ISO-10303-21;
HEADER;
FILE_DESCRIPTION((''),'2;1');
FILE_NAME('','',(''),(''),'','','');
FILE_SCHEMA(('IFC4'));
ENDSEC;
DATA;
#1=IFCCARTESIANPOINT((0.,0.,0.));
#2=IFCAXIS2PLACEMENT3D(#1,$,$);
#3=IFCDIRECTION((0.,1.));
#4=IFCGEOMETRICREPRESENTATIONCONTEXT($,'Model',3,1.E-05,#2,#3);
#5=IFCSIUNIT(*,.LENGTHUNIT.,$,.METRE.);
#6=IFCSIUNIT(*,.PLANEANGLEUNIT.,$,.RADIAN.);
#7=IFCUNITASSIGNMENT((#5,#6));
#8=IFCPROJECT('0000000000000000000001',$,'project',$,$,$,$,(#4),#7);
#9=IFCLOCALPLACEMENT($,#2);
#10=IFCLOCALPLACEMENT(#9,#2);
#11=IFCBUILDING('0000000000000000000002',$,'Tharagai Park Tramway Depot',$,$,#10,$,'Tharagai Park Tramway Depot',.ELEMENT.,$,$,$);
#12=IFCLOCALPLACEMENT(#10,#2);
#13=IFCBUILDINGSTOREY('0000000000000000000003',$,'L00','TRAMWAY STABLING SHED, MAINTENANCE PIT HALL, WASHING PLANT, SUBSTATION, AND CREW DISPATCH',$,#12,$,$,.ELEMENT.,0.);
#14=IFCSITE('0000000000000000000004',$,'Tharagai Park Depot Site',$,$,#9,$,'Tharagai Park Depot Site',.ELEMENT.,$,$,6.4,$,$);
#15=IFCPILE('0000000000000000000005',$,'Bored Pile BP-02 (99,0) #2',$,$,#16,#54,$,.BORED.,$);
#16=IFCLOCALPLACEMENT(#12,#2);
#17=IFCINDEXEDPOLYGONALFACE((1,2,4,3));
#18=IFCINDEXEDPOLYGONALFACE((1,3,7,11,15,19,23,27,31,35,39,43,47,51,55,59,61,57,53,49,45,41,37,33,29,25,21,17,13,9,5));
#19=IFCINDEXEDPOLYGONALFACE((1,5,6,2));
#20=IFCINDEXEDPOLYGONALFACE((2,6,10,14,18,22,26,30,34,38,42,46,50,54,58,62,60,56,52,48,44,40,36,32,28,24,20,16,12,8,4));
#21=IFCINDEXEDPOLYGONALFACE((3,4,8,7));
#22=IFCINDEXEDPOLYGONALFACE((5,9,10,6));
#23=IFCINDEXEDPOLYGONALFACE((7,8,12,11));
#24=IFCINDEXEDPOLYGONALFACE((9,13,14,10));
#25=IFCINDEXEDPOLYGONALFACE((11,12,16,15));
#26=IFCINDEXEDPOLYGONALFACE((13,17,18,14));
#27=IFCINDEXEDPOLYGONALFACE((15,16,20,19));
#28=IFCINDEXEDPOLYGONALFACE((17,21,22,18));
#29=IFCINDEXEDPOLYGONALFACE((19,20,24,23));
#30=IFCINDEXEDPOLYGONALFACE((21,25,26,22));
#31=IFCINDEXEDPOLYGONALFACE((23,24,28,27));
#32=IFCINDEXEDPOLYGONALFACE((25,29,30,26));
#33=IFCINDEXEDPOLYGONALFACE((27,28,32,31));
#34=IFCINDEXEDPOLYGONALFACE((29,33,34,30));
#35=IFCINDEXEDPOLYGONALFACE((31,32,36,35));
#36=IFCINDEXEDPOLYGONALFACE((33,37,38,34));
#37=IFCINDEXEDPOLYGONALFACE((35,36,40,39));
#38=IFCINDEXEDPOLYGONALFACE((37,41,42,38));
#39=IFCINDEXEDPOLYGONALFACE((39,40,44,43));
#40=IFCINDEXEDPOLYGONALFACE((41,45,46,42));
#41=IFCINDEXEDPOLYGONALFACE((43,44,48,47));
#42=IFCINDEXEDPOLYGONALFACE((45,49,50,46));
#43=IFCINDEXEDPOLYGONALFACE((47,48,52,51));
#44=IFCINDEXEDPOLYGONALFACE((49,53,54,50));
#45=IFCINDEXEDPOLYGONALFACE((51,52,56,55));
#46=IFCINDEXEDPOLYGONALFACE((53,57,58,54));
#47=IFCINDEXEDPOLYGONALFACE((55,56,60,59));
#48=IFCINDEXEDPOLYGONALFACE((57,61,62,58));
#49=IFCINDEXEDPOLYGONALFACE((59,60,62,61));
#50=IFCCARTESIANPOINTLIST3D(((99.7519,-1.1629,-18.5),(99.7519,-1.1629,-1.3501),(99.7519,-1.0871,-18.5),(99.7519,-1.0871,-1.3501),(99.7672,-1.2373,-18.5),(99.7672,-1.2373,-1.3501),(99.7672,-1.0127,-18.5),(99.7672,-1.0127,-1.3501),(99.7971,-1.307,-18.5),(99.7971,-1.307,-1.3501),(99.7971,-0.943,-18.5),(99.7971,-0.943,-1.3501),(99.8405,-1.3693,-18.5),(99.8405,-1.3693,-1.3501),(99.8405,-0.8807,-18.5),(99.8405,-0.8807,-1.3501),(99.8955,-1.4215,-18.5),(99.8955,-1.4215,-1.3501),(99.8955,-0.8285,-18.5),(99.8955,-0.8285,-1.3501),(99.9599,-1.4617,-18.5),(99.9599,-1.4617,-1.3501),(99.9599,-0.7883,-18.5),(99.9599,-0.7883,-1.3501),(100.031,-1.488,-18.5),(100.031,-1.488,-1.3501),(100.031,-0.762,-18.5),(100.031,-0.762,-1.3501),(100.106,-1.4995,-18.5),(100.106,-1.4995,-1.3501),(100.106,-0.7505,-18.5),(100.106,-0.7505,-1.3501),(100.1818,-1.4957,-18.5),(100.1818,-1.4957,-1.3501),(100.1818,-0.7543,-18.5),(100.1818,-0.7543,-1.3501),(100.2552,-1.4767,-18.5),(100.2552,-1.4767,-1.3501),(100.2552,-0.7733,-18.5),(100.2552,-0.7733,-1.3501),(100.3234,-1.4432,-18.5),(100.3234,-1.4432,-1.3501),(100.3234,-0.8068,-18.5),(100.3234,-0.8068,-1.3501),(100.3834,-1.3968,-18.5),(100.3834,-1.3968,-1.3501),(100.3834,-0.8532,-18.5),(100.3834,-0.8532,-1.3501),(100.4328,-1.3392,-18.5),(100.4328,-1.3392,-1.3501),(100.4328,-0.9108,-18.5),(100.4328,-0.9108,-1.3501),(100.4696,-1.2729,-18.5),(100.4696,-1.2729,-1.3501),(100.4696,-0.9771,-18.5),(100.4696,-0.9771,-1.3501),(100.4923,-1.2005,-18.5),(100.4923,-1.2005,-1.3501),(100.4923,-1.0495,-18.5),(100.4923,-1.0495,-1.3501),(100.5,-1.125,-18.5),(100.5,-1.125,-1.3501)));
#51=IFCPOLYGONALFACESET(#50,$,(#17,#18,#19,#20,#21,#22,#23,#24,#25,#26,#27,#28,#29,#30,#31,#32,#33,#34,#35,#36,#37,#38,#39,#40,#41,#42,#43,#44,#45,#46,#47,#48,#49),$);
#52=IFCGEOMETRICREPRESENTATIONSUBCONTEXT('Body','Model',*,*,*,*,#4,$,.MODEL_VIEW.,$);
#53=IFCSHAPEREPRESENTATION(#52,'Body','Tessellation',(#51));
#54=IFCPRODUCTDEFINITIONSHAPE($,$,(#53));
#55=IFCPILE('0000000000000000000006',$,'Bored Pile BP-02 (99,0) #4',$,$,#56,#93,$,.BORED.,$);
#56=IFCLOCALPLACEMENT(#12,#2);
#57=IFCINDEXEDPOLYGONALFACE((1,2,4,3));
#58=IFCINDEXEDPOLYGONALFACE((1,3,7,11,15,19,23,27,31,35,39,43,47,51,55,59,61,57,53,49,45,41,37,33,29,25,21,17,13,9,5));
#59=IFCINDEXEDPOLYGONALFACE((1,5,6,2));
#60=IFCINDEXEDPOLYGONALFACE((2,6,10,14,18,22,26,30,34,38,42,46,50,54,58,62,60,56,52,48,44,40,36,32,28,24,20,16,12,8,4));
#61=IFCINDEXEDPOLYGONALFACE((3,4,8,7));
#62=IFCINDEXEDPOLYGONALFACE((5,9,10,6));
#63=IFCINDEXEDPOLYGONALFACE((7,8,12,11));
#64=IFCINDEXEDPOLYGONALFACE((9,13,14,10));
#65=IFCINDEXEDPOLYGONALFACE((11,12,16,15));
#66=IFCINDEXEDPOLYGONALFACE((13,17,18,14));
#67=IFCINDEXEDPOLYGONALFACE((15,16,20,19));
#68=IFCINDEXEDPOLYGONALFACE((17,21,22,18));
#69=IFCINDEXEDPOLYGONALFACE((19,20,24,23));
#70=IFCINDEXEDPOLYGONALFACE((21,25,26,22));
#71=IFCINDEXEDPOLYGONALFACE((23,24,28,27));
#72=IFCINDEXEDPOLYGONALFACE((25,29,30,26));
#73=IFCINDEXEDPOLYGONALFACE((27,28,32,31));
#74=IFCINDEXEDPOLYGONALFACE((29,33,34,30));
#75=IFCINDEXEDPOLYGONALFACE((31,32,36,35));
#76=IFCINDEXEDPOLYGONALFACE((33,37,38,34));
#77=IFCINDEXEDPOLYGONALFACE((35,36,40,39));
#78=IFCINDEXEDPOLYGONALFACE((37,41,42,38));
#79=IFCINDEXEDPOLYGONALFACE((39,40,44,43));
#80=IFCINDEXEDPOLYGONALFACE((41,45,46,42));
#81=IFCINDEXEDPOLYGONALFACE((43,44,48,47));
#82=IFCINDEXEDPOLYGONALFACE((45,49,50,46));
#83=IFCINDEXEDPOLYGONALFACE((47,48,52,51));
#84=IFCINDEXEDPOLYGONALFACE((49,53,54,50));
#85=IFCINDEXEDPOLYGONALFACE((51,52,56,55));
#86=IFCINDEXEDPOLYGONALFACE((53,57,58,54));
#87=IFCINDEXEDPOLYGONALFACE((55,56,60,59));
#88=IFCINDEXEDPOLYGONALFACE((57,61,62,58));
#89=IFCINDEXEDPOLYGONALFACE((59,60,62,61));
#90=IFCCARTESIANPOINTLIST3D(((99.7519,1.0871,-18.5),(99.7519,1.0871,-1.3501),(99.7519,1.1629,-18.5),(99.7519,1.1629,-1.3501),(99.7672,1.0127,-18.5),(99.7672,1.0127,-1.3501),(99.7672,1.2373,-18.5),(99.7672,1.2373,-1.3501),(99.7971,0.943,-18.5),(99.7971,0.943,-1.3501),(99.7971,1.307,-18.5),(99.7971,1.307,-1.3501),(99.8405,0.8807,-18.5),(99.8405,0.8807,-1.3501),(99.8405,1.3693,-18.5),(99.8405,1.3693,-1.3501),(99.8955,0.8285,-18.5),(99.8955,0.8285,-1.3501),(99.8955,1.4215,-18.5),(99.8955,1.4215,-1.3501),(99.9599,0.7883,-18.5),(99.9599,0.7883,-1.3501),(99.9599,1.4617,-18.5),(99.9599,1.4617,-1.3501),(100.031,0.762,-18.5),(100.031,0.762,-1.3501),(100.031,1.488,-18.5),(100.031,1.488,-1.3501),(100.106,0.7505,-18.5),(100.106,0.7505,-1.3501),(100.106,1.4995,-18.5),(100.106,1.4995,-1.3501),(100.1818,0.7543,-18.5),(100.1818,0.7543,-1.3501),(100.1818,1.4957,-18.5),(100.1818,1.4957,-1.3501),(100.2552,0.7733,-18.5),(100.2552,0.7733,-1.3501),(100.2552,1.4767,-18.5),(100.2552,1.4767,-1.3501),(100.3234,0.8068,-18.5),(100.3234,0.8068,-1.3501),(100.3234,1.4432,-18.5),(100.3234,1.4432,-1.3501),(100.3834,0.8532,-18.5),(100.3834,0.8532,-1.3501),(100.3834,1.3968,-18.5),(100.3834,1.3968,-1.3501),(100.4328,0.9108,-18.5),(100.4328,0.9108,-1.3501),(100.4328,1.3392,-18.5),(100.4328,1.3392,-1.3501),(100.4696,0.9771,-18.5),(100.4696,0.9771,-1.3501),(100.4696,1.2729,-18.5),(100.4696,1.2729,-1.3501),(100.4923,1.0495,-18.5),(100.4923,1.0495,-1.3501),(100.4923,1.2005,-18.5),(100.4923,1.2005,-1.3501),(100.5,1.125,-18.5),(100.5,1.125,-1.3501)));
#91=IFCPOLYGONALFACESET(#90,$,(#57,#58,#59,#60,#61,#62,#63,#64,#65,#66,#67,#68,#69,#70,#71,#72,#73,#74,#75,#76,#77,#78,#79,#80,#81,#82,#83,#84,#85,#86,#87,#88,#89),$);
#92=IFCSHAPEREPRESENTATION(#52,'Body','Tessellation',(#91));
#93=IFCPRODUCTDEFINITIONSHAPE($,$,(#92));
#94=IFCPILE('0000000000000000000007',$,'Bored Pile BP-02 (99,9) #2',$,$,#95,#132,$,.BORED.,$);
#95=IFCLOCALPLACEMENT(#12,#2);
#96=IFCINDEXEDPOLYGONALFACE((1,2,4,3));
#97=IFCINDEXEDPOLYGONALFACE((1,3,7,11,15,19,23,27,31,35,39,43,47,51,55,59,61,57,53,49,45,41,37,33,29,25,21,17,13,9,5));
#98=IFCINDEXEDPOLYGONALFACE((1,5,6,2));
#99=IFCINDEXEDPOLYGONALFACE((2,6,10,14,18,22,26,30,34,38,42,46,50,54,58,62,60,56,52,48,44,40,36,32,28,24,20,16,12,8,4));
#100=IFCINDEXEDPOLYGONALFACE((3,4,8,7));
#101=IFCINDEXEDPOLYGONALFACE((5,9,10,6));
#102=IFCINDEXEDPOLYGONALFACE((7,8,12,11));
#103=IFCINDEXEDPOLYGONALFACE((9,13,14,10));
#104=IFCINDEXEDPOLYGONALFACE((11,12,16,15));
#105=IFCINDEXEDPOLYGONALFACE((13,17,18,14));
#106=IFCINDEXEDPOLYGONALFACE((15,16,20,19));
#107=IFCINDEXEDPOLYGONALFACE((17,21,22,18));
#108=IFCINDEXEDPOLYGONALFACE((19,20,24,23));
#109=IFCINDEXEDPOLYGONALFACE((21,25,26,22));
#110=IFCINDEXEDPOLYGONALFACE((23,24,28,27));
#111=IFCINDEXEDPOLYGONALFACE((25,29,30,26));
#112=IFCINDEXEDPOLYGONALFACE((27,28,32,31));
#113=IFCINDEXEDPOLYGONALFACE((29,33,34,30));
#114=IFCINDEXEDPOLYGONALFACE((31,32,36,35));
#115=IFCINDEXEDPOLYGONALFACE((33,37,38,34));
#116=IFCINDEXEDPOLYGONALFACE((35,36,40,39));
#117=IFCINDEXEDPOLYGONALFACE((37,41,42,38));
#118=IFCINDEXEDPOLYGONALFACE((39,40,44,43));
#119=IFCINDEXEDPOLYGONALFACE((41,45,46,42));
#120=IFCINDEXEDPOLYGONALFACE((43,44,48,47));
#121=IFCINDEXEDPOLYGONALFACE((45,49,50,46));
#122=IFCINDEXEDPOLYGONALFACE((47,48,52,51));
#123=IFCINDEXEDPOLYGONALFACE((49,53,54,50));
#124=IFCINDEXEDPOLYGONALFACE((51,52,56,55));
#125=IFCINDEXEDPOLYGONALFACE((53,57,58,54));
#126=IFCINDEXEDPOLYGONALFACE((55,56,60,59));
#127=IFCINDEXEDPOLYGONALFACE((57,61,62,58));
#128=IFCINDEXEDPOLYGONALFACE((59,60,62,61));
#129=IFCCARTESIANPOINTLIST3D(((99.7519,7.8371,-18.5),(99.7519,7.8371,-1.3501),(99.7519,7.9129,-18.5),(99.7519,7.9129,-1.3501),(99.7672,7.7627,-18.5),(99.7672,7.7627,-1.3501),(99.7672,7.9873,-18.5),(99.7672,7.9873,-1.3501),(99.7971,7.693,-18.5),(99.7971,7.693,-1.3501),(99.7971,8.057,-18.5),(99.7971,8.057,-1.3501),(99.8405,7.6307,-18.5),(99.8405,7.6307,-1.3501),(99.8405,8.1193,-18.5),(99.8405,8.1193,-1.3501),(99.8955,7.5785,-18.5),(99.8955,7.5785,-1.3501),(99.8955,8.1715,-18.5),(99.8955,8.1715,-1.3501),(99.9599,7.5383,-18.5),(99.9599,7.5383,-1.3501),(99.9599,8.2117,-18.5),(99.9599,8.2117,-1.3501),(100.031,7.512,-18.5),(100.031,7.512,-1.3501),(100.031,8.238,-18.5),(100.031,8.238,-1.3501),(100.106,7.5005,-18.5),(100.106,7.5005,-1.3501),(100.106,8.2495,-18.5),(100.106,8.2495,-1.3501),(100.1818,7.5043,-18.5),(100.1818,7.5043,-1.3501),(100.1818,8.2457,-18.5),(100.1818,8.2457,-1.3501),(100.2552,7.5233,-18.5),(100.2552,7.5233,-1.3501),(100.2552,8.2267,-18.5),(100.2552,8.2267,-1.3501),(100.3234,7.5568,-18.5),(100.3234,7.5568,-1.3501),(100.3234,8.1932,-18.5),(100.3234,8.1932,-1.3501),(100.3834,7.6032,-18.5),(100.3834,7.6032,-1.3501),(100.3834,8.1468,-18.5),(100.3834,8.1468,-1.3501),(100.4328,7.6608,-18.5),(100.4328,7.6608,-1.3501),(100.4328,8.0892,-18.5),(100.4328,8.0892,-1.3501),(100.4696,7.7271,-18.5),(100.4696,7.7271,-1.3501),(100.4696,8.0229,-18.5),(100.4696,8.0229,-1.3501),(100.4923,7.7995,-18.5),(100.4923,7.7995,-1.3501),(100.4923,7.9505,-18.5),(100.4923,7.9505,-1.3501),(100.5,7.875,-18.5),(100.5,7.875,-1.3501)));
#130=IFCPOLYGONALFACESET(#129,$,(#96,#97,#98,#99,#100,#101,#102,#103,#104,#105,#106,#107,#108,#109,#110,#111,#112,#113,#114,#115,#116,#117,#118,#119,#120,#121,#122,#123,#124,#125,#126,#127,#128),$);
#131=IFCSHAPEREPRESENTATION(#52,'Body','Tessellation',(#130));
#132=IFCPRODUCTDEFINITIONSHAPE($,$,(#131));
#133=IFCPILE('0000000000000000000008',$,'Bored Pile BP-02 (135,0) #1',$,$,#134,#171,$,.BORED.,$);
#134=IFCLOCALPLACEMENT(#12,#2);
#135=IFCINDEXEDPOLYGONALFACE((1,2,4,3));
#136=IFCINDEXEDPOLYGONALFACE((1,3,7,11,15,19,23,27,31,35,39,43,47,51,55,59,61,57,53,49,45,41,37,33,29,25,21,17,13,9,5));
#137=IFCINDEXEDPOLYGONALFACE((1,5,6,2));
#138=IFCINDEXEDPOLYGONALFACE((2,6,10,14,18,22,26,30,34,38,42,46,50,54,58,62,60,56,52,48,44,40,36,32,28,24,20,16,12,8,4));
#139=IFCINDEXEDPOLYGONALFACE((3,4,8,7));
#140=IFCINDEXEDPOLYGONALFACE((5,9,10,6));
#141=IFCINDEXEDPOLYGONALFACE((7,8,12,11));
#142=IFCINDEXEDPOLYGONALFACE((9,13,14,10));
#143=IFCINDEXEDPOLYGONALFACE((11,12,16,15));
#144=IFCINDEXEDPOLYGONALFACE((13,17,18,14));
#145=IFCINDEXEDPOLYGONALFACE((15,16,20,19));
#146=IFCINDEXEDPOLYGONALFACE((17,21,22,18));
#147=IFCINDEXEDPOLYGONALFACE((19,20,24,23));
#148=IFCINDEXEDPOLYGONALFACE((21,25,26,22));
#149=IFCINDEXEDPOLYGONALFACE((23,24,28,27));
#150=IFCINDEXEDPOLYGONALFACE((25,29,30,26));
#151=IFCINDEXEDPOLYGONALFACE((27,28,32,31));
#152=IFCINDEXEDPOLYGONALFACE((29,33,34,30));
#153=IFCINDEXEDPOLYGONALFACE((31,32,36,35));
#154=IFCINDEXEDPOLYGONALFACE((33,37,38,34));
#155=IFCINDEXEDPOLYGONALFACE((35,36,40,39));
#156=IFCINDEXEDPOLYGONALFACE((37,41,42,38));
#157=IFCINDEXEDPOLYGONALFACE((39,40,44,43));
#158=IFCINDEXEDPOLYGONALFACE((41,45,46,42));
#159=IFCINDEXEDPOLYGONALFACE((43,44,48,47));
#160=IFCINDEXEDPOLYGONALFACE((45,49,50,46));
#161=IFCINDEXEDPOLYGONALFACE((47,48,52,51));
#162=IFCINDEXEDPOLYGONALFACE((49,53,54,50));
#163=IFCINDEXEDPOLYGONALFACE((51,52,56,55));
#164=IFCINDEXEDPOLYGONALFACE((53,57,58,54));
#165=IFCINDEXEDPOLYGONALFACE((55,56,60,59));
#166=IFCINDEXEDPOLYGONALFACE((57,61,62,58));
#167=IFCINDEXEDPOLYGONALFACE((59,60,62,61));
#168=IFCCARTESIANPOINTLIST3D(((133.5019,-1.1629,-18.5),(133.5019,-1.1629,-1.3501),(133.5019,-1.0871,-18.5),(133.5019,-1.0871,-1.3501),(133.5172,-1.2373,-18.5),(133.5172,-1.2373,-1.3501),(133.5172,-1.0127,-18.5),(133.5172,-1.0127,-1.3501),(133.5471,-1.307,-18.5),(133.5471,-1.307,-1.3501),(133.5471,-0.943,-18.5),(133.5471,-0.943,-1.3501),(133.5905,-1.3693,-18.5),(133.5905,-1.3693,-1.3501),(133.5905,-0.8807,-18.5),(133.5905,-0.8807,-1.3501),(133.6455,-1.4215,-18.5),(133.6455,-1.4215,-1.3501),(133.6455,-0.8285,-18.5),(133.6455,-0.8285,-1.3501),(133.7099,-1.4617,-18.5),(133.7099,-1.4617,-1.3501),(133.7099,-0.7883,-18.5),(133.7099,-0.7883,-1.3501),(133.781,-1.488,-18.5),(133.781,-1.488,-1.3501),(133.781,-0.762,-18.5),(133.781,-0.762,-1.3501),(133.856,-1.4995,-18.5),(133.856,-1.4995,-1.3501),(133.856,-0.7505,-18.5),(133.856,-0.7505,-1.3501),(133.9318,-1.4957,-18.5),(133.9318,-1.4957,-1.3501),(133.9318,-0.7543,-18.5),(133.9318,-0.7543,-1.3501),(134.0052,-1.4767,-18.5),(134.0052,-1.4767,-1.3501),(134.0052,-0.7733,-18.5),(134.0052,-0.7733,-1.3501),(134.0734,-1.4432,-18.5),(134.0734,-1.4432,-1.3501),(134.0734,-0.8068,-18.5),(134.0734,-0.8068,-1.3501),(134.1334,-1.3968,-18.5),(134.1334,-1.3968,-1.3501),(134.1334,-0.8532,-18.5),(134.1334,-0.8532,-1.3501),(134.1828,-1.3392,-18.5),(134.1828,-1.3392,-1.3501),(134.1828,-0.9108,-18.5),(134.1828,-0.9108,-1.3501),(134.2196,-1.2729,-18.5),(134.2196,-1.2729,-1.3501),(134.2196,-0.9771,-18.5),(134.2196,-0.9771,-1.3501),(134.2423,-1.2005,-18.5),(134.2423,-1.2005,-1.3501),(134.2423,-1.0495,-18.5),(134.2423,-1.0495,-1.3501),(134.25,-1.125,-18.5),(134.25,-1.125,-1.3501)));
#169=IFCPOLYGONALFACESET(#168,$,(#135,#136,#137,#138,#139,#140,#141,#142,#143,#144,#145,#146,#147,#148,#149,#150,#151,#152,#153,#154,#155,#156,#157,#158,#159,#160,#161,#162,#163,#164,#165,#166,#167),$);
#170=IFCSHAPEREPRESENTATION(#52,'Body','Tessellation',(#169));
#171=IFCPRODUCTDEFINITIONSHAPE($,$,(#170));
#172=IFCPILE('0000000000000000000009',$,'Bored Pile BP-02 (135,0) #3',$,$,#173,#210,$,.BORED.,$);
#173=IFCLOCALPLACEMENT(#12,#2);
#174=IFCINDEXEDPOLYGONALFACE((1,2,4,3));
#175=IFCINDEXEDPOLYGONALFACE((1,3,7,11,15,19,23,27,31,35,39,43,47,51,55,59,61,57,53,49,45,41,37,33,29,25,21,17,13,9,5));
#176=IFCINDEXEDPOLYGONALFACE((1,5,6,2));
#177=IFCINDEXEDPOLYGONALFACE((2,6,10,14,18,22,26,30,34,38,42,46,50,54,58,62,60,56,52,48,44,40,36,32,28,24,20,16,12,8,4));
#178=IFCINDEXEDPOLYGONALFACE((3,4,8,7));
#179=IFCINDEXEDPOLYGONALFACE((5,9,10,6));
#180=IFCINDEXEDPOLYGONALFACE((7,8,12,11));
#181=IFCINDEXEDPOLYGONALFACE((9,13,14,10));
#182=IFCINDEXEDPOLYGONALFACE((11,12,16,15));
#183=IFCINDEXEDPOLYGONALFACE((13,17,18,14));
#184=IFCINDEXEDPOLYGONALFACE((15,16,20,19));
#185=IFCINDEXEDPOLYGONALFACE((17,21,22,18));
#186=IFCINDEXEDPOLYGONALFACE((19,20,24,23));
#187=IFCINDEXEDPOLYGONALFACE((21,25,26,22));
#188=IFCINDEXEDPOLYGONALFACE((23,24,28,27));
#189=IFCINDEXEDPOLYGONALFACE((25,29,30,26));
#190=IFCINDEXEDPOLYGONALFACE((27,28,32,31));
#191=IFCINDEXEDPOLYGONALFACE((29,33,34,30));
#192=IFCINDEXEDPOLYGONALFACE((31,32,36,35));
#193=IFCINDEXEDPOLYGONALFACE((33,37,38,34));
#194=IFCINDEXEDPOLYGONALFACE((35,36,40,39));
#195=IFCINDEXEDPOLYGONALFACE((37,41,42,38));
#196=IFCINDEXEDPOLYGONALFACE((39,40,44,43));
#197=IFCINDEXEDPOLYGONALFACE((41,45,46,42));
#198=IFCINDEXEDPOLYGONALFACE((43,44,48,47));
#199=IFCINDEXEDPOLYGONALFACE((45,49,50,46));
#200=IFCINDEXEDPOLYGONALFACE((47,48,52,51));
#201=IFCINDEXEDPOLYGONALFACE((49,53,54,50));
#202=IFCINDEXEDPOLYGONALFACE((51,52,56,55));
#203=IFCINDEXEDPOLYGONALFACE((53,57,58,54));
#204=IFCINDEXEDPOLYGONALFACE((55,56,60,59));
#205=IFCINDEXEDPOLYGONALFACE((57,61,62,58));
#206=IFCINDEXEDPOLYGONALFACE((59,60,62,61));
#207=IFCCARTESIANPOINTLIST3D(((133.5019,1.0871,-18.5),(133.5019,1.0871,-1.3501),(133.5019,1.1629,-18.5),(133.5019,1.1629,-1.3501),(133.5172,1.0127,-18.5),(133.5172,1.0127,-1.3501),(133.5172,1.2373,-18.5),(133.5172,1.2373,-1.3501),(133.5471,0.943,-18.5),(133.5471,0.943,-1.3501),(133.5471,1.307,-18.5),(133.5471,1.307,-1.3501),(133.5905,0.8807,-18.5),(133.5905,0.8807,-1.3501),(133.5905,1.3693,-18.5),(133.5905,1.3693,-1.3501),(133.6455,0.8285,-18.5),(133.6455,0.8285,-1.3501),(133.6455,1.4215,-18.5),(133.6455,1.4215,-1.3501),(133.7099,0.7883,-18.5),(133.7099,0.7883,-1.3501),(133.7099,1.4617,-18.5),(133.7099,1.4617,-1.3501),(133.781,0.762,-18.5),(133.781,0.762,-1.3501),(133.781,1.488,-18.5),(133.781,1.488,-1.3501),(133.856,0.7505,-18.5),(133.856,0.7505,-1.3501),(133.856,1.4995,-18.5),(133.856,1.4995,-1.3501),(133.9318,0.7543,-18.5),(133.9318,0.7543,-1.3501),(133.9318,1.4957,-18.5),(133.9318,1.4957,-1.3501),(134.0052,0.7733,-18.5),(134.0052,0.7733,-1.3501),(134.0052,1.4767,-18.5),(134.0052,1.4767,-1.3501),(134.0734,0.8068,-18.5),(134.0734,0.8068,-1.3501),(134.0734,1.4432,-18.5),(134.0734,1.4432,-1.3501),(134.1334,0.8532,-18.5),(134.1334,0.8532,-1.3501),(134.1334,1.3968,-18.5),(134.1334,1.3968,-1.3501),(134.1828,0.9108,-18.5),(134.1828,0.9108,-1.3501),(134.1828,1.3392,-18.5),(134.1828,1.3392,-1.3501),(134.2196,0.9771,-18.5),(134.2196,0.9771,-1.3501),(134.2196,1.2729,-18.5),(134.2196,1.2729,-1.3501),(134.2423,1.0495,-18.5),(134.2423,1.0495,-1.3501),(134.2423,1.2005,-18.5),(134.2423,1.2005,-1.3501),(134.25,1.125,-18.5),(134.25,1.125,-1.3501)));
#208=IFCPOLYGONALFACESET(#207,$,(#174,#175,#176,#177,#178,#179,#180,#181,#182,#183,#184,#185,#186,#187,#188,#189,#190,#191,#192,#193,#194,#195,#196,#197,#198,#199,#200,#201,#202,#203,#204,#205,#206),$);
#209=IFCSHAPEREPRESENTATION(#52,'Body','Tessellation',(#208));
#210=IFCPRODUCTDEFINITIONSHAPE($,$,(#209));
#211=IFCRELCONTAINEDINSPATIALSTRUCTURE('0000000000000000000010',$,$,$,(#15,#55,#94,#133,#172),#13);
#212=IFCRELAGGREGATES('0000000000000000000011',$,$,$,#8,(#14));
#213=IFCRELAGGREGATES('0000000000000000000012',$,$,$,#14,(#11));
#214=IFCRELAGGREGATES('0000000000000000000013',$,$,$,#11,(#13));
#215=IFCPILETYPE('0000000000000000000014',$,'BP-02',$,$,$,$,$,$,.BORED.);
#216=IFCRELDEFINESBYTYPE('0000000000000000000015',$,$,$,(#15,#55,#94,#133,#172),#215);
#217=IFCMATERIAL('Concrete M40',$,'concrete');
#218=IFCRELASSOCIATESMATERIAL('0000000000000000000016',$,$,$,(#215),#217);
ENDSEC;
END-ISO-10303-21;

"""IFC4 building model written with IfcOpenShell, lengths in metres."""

from ifc_helpers import new_model, si_unit, direction, frame, origin, origin_2d, place, context, subcontext, project, spatial, circle, extrude, material, material_profile, profile_set, type_object, element, save


model = new_model("IFC4")

# Units and contexts
model_context = context("Model", 3, precision=1e-05, world=origin(), true_north=direction((0.0, 1.0)))
body_context = subcontext(model_context, "Body", "Model", "MODEL_VIEW")
ifc_project = project(units=[si_unit("LENGTHUNIT", "METRE"), si_unit("PLANEANGLEUNIT", "RADIAN")], contexts=[model_context])

# Site, building, storey
site_placement = place(None, origin())
site = spatial("IfcSite", under=ifc_project, at=site_placement, Name="Tharagai Park Depot Site", LongName="Tharagai Park Depot Site", CompositionType="ELEMENT", RefElevation=6.4)
building_placement = place(site_placement, origin())
building = spatial("IfcBuilding", under=site, at=building_placement, Name="Tharagai Park Tramway Depot", LongName="Tharagai Park Tramway Depot", CompositionType="ELEMENT")
storey_placement = place(building_placement, origin())
storey = spatial("IfcBuildingStorey", under=building, at=storey_placement, Name="L00", Description="TRAMWAY STABLING SHED, MAINTENANCE PIT HALL, WASHING PLANT, SUBSTATION, AND CREW DISPATCH", CompositionType="ELEMENT", Elevation=0.0)

# Piles
ifc_material_1 = material(Name="Concrete M40", Category="concrete")
ifc_material_profile_1 = material_profile(ifc_material_1, circle(Radius=0.375, at=origin_2d()), Name="PILE D750")
ifc_profile_set_1 = profile_set([ifc_material_profile_1], Name="Concrete M40")
pile_type = type_object("IfcPileType", Name="BP-02", PredefinedType="BORED", material=ifc_profile_set_1)
for number, where, z_axis, x_axis, name in (
    (1, (100.125, -1.125, -1.3501), (0.0, 0.0, -1.0), (1.0, 0.0, 0.0), "Bored Pile BP-02 (99,0) #2"),
    (2, (100.125, 1.125, -1.3501), (0.0, 0.0, -1.0), (1.0, 0.0, 0.0), "Bored Pile BP-02 (99,0) #4"),
    (3, (100.125, 7.875, -1.3501), (0.0, 0.0, -1.0), (1.0, 0.0, 0.0), "Bored Pile BP-02 (99,9) #2"),
    (4, (133.875, -1.125, -1.3501), (0.0, 0.0, -1.0), (1.0, 0.0, 0.0), "Bored Pile BP-02 (135,0) #1"),
    (5, (133.875, 1.125, -1.3501), (0.0, 0.0, -1.0), (1.0, 0.0, 0.0), "Bored Pile BP-02 (135,0) #3"),
):
    element("IfcPile", number, at=place(storey_placement, frame(where, z_axis=z_axis, x_axis=x_axis)), inside=storey, type_object=pile_type, Name=name, PredefinedType="BORED", context=body_context, shape_type="SweptSolid", body=[
        extrude(circle(Radius=0.375, at=origin_2d()), origin(), (0.0, 0.0, 1.0), 17.1499),
    ])

save(model, "model.ifc")
